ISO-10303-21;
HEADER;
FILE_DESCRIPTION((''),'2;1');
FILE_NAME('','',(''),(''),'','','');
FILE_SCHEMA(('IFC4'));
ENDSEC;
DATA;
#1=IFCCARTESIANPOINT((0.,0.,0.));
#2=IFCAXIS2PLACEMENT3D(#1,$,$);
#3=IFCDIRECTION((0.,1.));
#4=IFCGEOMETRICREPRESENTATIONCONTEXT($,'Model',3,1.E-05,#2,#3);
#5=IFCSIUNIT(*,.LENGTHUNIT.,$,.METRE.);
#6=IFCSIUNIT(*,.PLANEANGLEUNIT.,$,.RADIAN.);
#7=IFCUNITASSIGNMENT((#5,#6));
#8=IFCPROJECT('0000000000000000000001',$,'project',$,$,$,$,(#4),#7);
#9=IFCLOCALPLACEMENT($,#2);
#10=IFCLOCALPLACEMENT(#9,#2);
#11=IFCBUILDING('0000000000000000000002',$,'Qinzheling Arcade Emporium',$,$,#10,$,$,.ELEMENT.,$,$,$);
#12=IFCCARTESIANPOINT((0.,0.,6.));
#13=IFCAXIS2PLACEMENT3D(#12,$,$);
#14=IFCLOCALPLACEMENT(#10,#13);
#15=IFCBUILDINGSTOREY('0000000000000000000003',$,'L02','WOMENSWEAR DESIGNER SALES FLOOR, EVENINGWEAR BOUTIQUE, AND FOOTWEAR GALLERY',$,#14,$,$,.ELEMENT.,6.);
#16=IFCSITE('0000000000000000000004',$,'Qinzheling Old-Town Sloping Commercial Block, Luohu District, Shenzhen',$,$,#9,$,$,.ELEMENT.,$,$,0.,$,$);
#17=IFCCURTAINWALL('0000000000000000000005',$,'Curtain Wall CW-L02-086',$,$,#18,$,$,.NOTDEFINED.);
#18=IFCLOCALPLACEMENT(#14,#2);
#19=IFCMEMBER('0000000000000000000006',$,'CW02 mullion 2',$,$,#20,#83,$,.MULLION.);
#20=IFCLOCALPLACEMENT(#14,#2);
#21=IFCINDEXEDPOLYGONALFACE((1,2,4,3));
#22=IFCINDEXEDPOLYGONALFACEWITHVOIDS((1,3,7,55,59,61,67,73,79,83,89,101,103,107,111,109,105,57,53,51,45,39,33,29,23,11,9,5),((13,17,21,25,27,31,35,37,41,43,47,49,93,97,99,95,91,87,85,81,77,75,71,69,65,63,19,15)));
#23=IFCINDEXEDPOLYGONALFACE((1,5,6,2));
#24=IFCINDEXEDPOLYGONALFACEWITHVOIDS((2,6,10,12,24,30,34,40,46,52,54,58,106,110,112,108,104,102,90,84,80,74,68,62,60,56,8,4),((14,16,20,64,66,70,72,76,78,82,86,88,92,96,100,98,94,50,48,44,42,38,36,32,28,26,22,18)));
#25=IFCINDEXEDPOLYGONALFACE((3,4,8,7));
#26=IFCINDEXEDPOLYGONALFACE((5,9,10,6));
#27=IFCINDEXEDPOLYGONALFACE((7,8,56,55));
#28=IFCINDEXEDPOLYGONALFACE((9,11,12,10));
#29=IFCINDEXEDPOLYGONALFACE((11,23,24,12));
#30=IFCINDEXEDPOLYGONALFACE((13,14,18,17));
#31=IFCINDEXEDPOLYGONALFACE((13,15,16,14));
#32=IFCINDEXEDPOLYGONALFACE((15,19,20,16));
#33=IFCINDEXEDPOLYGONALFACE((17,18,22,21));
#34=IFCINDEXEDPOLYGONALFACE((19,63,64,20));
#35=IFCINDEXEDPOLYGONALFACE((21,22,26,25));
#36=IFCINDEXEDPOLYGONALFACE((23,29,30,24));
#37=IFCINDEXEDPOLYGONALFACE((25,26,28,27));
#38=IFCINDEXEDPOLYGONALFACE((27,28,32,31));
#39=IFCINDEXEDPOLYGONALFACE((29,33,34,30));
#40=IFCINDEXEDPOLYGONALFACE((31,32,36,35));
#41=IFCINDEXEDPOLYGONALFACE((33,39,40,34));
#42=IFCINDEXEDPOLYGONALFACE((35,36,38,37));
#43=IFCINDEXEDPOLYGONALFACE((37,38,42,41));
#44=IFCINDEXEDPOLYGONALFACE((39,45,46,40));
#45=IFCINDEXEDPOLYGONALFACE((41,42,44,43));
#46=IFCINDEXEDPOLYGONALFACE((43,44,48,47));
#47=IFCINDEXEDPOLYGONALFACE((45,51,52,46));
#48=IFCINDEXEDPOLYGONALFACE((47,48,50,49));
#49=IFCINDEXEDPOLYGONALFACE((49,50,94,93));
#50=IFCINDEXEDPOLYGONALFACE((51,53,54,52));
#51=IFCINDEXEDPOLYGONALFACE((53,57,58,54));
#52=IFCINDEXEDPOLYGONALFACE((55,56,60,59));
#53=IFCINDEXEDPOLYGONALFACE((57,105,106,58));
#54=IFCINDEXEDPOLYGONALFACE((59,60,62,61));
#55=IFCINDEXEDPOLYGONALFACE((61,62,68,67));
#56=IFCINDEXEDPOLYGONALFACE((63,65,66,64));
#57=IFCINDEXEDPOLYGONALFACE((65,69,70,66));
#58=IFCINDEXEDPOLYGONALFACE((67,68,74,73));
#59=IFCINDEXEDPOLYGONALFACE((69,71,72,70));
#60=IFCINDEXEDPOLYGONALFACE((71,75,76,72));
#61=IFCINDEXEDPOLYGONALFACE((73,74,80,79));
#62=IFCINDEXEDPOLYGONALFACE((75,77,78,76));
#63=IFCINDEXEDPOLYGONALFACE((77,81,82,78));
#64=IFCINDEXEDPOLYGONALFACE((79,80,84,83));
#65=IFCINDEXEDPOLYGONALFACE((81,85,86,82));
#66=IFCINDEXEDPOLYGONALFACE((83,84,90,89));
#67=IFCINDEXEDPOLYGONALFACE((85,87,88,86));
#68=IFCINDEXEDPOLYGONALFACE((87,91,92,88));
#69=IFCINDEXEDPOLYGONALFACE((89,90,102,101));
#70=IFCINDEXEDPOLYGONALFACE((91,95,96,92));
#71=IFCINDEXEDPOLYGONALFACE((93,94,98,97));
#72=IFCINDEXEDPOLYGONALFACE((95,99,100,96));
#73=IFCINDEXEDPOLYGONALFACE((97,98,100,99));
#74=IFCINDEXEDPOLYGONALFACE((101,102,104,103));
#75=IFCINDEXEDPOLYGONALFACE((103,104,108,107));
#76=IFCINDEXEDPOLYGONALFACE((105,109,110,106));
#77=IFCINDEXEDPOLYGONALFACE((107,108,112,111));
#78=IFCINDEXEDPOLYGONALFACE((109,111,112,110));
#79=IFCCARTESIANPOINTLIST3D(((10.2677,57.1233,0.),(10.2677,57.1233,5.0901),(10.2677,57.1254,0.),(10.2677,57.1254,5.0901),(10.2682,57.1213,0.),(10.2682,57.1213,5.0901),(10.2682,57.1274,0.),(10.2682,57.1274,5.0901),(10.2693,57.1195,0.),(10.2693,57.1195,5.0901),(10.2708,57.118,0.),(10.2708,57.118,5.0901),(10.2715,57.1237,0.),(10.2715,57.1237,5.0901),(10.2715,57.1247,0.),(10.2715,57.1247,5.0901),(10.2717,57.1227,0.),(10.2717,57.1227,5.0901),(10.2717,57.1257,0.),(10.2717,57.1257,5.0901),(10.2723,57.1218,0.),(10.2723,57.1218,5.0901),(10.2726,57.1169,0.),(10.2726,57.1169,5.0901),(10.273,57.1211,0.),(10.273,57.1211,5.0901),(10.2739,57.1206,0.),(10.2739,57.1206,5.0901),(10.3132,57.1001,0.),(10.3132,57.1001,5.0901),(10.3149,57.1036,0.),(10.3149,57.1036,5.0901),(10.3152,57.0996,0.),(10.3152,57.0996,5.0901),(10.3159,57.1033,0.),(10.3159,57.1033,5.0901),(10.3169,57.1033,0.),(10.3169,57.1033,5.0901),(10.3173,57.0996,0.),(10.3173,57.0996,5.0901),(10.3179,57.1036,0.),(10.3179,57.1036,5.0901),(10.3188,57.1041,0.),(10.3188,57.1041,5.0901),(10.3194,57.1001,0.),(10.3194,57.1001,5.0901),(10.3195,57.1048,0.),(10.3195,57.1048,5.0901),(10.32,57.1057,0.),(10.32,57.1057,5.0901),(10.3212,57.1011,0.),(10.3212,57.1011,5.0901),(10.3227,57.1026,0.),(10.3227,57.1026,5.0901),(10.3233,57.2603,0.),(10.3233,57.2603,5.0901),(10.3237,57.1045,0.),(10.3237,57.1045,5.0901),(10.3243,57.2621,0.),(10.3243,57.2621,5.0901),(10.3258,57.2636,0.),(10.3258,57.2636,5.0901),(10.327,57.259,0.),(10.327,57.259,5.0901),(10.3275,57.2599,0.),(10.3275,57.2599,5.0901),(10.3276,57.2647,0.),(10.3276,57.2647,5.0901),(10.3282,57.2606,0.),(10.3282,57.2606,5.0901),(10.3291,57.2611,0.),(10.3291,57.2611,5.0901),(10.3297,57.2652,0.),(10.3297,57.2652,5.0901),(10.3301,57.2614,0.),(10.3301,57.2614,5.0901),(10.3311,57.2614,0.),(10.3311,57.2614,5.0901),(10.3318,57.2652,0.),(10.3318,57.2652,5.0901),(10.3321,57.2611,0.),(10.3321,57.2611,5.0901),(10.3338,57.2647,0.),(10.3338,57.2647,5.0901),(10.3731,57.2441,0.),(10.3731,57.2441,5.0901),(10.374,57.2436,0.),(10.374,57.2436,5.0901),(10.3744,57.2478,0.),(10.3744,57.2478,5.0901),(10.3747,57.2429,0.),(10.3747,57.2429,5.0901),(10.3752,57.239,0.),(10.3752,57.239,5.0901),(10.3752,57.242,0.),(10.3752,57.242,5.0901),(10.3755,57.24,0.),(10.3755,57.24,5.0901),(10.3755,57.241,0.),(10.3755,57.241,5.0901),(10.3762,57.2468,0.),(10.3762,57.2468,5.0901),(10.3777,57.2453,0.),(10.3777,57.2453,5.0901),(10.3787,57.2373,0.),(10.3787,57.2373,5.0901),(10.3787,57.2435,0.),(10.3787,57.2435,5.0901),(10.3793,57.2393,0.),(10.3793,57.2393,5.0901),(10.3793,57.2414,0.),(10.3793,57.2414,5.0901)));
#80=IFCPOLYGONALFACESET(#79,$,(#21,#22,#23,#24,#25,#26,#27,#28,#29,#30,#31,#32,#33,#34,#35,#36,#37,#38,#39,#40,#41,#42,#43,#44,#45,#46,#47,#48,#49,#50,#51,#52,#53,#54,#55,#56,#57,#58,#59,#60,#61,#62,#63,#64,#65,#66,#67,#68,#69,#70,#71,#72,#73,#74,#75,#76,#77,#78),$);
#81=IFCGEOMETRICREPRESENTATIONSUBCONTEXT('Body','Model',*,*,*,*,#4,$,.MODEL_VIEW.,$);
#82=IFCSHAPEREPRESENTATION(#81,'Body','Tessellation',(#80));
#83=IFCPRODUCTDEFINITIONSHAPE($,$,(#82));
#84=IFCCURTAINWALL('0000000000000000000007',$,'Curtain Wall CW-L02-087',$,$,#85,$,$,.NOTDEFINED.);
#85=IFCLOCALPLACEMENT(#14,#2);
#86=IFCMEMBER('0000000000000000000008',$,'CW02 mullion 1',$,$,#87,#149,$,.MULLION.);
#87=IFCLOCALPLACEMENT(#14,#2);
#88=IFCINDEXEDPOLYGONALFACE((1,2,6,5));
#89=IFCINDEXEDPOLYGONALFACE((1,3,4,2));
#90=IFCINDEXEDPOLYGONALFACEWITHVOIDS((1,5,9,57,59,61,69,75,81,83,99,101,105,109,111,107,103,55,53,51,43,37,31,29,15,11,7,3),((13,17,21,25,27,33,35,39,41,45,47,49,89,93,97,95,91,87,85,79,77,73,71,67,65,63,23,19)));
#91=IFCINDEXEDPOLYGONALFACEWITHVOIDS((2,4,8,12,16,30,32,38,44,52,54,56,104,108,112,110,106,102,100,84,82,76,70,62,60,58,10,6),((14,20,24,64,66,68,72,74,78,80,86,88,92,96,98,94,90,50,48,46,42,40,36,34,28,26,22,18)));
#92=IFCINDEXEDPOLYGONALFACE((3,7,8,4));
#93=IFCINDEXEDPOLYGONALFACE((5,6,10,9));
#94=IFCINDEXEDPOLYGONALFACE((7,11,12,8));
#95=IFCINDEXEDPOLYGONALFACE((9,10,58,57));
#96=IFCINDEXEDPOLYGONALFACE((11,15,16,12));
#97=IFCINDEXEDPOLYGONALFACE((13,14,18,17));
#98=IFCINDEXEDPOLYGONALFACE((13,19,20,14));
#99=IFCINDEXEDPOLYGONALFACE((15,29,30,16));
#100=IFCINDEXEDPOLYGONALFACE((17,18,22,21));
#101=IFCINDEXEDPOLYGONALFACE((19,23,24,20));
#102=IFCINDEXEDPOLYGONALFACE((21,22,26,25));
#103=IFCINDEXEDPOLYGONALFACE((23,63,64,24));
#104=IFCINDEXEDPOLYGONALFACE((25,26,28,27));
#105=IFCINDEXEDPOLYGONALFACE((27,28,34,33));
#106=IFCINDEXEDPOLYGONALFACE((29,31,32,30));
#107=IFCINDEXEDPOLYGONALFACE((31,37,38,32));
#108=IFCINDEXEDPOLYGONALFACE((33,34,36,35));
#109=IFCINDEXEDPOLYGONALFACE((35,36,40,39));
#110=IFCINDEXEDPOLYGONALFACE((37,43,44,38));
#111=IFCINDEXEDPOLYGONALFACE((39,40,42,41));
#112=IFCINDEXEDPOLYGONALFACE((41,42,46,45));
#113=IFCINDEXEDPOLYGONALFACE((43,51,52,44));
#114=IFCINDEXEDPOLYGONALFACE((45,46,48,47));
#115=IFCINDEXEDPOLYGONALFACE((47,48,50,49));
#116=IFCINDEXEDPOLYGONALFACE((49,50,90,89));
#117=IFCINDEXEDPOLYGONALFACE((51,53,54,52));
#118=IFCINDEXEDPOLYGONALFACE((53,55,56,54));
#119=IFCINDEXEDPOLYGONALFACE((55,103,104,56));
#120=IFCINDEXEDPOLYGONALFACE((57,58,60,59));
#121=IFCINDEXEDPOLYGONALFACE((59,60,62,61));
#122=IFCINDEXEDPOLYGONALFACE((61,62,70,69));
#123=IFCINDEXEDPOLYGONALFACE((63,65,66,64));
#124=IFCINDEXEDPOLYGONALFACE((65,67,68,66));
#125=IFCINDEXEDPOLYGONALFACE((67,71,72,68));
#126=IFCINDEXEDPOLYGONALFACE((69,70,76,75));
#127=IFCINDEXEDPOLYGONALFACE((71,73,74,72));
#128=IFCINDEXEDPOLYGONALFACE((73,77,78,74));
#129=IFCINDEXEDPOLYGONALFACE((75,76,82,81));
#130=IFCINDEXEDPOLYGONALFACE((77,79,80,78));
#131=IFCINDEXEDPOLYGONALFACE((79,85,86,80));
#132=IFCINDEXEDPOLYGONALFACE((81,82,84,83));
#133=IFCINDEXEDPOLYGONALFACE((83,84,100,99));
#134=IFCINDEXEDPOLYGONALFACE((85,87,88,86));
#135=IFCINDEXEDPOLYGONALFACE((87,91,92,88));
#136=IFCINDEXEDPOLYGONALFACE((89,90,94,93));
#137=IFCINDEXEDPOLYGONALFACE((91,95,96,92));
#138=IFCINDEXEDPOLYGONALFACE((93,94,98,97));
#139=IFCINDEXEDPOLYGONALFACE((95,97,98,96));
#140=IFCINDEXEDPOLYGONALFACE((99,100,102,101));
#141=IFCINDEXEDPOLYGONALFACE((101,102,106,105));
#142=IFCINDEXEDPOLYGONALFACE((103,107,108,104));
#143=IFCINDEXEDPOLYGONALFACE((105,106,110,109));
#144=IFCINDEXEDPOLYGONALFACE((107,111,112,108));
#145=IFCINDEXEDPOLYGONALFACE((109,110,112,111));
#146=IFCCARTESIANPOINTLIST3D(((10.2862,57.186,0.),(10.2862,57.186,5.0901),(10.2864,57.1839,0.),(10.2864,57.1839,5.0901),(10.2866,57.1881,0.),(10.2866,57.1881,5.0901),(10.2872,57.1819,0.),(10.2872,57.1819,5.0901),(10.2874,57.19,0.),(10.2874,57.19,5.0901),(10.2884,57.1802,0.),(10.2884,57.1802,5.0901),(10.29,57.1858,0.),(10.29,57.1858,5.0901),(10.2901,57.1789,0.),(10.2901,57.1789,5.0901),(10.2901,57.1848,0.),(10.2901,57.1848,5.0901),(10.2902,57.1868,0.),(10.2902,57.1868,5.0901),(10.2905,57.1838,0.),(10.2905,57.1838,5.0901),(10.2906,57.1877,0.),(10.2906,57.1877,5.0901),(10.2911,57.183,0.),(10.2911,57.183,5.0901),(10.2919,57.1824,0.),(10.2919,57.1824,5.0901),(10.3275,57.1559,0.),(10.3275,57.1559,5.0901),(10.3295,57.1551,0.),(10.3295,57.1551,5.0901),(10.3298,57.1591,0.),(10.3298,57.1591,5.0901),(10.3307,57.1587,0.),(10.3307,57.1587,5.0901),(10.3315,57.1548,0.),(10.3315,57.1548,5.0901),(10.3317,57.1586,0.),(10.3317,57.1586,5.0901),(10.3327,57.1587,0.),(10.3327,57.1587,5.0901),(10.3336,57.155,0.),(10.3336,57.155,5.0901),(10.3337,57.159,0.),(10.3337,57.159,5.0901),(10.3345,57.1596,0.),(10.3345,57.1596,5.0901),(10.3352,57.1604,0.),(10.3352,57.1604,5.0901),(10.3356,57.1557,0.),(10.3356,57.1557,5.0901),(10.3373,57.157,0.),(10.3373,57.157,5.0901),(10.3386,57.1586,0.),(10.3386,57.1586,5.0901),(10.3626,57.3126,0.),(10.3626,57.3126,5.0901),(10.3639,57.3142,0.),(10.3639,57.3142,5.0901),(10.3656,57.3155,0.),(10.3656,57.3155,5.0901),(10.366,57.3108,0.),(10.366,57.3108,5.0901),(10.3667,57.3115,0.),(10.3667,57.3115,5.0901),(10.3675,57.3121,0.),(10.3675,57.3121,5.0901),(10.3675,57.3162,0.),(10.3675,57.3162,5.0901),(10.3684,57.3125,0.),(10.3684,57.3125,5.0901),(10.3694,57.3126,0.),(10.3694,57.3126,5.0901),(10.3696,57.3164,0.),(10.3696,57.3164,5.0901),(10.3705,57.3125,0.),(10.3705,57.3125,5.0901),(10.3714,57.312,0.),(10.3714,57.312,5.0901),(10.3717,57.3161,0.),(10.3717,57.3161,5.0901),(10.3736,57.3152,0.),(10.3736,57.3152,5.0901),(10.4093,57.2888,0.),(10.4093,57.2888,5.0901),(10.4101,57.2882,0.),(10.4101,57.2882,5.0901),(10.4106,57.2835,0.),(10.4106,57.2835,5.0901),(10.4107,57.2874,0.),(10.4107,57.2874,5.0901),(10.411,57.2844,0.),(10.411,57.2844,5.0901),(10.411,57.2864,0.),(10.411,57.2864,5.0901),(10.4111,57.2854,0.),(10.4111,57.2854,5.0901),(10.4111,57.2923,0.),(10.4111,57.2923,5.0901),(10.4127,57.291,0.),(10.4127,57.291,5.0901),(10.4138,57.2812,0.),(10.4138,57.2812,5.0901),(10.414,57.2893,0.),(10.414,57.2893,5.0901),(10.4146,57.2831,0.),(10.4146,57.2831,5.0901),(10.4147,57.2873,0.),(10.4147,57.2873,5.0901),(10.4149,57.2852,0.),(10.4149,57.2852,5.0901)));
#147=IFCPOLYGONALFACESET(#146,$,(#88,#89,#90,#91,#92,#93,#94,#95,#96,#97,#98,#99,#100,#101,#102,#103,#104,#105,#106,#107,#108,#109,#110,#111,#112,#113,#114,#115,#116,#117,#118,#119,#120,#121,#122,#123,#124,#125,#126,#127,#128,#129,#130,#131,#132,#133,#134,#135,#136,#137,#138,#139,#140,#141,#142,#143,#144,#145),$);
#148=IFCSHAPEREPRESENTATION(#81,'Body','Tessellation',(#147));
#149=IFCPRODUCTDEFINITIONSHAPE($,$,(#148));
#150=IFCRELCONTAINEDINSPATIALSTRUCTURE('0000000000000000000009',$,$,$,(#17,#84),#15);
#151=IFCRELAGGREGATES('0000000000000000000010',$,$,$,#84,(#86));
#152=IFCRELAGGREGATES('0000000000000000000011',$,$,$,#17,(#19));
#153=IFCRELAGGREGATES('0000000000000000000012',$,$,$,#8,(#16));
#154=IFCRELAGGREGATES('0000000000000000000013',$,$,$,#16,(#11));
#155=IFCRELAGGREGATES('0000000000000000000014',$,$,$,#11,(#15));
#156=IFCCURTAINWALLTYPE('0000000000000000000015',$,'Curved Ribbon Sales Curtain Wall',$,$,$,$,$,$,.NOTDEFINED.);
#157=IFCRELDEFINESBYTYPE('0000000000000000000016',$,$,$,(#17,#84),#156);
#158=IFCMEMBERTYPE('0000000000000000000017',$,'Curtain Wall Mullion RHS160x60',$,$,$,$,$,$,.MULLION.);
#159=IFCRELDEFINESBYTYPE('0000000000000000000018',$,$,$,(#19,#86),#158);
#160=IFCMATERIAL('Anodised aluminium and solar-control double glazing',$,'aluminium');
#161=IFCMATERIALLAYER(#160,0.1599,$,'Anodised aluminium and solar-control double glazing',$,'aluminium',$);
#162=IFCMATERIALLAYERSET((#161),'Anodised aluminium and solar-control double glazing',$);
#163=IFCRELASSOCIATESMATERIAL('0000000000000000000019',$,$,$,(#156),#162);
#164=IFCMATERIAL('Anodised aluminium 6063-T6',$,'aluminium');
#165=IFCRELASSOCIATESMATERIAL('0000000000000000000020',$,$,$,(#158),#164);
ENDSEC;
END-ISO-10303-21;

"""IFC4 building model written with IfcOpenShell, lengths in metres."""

from ifc_helpers import new_model, si_unit, direction, frame, origin, origin_2d, place, context, subcontext, project, spatial, hollow_rectangle, extrude, material, layer, layer_set, material_profile, profile_set, type_object, element, aggregate, save


model = new_model("IFC4")

# Units and contexts
model_context = context("Model", 3, precision=1e-05, world=origin(), true_north=direction((0.0, 1.0)))
body_context = subcontext(model_context, "Body", "Model", "MODEL_VIEW")
ifc_project = project(units=[si_unit("LENGTHUNIT", "METRE"), si_unit("PLANEANGLEUNIT", "RADIAN")], contexts=[model_context])

# Site, building, storey
site_placement = place(None, origin())
site = spatial("IfcSite", under=ifc_project, at=site_placement, Name="Qinzheling Old-Town Sloping Commercial Block, Luohu District, Shenzhen", CompositionType="ELEMENT", RefElevation=0.0)
building_placement = place(site_placement, origin())
building = spatial("IfcBuilding", under=site, at=building_placement, Name="Qinzheling Arcade Emporium", CompositionType="ELEMENT")
storey_placement = place(building_placement, frame((0.0, 0.0, 6.0)))
storey = spatial("IfcBuildingStorey", under=building, at=storey_placement, Name="L02", Description="WOMENSWEAR DESIGNER SALES FLOOR, EVENINGWEAR BOUTIQUE, AND FOOTWEAR GALLERY", CompositionType="ELEMENT", Elevation=6.0)

# Shared definitions
ifc_material_1 = material(Name="Anodised aluminium and solar-control double glazing", Category="aluminium")
ifc_layer_1 = layer(ifc_material_1, 0.1599, Name="Anodised aluminium and solar-control double glazing", Category="aluminium")
ifc_layer_set_1 = layer_set([ifc_layer_1], Name="Anodised aluminium and solar-control double glazing")
curtain_wall_type = type_object("IfcCurtainWallType", Name="Curved Ribbon Sales Curtain Wall", PredefinedType="NOTDEFINED", material=ifc_layer_set_1)
ifc_material_2 = material(Name="Anodised aluminium 6063-T6", Category="aluminium")
ifc_material_profile_1 = material_profile(ifc_material_2, hollow_rectangle(XDim=0.0601, YDim=0.1599, WallThickness=0.0039, InnerFilletRadius=0.0039, OuterFilletRadius=0.0081, at=origin_2d()), Name="RHS 160x60x4", Category="aluminium")
ifc_profile_set_1 = profile_set([ifc_material_profile_1], Name="Anodised aluminium 6063-T6")
member_type_1 = type_object("IfcMemberType", Name="Curtain Wall Mullion RHS160x60", PredefinedType="MULLION", material=ifc_profile_set_1)

# Curtain wall, member
curtain_wall_1_placement = place(storey_placement, origin())
curtain_wall_1 = element("IfcCurtainWall", 1, at=curtain_wall_1_placement, inside=storey, type_object=curtain_wall_type, Name="Curtain Wall CW-L02-086", PredefinedType="NOTDEFINED")
member_1_placement = place(storey_placement, frame((10.3235, 57.1824, 0.0), z_axis=(0.0, 0.0, 1.0), x_axis=(-0.923867, 0.382714, 0.0)))
member_1 = element("IfcMember", 2, at=member_1_placement, type_object=member_type_1, Name="CW02 mullion 2", PredefinedType="MULLION", context=body_context, shape_type="SweptSolid", body=[
    extrude(hollow_rectangle(XDim=0.0601, YDim=0.1599, WallThickness=0.0039, InnerFilletRadius=0.0039, OuterFilletRadius=0.0081, at=origin_2d()), origin(), (0.0, 0.0, 1.0), 5.0901),
])

# Curtain wall, member
curtain_wall_2_placement = place(storey_placement, origin())
curtain_wall_2 = element("IfcCurtainWall", 3, at=curtain_wall_2_placement, inside=storey, type_object=curtain_wall_type, Name="Curtain Wall CW-L02-087", PredefinedType="NOTDEFINED")
member_2_placement = place(storey_placement, frame((10.3506, 57.2356, 0.0), z_axis=(0.0, 0.0, 1.0), x_axis=(-0.85262, 0.522532, 0.0)))
member_2 = element("IfcMember", 4, at=member_2_placement, type_object=member_type_1, Name="CW02 mullion 1", PredefinedType="MULLION", context=body_context, shape_type="SweptSolid", body=[
    extrude(hollow_rectangle(XDim=0.0601, YDim=0.1599, WallThickness=0.0039, InnerFilletRadius=0.0039, OuterFilletRadius=0.0081, at=origin_2d()), origin(), (0.0, 0.0, 1.0), 5.0901),
])

aggregate(curtain_wall_2, [member_2])

aggregate(curtain_wall_1, [member_1])

save(model, "model.ifc")
